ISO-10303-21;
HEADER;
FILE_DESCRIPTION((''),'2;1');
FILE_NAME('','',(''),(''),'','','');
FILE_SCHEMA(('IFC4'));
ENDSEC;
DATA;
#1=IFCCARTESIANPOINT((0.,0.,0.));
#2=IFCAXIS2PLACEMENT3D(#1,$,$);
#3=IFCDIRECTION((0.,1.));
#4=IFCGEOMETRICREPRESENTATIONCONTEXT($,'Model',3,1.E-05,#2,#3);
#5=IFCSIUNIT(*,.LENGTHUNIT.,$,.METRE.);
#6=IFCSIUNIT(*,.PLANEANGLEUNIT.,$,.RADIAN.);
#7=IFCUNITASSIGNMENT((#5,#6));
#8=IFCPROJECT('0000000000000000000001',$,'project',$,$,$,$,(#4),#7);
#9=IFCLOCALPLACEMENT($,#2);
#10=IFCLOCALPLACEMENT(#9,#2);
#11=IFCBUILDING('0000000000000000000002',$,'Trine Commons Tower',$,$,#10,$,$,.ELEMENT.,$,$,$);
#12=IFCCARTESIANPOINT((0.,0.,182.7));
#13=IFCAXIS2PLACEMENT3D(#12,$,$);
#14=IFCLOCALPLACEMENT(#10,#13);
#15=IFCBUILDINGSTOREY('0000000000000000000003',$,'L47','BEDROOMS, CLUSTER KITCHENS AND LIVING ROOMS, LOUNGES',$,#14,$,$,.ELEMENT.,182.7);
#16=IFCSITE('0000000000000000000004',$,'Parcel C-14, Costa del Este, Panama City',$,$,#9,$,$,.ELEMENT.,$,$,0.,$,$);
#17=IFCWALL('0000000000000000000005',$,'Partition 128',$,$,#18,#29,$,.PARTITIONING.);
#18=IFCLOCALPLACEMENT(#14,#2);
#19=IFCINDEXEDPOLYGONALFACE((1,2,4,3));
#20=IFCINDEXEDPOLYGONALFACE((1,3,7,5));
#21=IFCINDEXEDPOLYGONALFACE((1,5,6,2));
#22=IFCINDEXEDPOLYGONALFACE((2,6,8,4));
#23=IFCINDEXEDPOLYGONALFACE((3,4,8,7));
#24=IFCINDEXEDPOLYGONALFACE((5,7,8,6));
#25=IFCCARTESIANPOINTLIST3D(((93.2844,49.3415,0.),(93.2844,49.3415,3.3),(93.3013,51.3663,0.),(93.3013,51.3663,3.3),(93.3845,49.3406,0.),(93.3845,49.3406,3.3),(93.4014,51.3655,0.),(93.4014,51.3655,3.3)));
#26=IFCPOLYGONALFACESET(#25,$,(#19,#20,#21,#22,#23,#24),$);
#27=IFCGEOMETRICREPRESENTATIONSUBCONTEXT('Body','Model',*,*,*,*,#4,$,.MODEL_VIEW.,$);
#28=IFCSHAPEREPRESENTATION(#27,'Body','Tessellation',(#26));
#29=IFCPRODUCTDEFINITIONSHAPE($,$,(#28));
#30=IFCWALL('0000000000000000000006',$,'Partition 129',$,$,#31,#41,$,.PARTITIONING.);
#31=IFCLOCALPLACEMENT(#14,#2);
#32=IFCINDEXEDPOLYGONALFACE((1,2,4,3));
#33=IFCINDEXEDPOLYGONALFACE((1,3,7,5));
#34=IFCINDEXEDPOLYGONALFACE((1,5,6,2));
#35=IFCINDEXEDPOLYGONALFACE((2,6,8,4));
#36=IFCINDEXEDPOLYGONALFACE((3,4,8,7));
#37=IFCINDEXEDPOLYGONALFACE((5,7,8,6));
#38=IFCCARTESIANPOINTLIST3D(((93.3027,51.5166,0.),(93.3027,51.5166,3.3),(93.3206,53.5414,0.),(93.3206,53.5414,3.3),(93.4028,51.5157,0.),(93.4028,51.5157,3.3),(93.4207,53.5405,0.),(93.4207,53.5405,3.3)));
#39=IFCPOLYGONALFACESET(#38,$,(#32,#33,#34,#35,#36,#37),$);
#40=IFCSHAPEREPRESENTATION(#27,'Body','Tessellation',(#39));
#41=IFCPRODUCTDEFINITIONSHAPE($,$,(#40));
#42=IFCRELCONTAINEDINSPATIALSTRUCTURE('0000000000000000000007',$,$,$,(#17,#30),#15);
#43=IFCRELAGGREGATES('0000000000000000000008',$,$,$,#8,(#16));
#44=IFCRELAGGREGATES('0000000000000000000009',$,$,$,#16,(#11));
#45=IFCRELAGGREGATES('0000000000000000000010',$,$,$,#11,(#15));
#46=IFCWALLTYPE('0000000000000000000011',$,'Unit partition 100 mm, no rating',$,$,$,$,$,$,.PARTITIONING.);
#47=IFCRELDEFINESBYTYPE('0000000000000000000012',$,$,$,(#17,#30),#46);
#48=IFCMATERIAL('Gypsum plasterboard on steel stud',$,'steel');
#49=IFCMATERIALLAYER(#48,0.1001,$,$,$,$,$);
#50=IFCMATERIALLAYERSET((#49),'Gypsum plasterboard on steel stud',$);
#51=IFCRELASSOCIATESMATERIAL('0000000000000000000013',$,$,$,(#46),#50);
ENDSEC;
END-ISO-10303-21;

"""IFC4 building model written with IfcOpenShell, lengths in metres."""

from ifc_helpers import new_model, si_unit, direction, frame, frame_2d, origin, place, context, subcontext, project, spatial, rectangle, extrude, material, layer, layer_set, type_object, element, save


model = new_model("IFC4")

# Units and contexts
model_context = context("Model", 3, precision=1e-05, world=origin(), true_north=direction((0.0, 1.0)))
body_context = subcontext(model_context, "Body", "Model", "MODEL_VIEW")
ifc_project = project(units=[si_unit("LENGTHUNIT", "METRE"), si_unit("PLANEANGLEUNIT", "RADIAN")], contexts=[model_context])

# Site, building, storey
site_placement = place(None, origin())
site = spatial("IfcSite", under=ifc_project, at=site_placement, Name="Parcel C-14, Costa del Este, Panama City", CompositionType="ELEMENT", RefElevation=0.0)
building_placement = place(site_placement, origin())
building = spatial("IfcBuilding", under=site, at=building_placement, Name="Trine Commons Tower", CompositionType="ELEMENT")
storey_placement = place(building_placement, frame((0.0, 0.0, 182.7)))
storey = spatial("IfcBuildingStorey", under=building, at=storey_placement, Name="L47", Description="BEDROOMS, CLUSTER KITCHENS AND LIVING ROOMS, LOUNGES", CompositionType="ELEMENT", Elevation=182.7)

# Shared definitions
ifc_material_1 = material(Name="Gypsum plasterboard on steel stud", Category="steel")

# Shared definitions
ifc_layer_1 = layer(ifc_material_1, 0.1001)
ifc_layer_set_1 = layer_set([ifc_layer_1], Name="Gypsum plasterboard on steel stud")
wall_type_1 = type_object("IfcWallType", Name="Unit partition 100 mm, no rating", PredefinedType="PARTITIONING", material=ifc_layer_set_1)

# Walls
for number, where, z_axis, x_axis, name in (
    (1, (93.3345, 49.3411, 0.0), (0.0, 0.0, 1.0), (0.008319, 0.999965, 0.0), "Partition 128"),
    (2, (93.3528, 51.5161, 0.0), (0.0, 0.0, 1.0), (0.008801, 0.999961, 0.0), "Partition 129"),
):
    element("IfcWall", number, at=place(storey_placement, frame(where, z_axis=z_axis, x_axis=x_axis)), inside=storey, type_object=wall_type_1, Name=name, PredefinedType="PARTITIONING", context=body_context, shape_type="SweptSolid", body=[
        extrude(rectangle(XDim=2.0249, YDim=0.1001, at=frame_2d((1.0125, 0.0))), origin(), (0.0, 0.0, 1.0), 3.3),
    ])

save(model, "model.ifc")
